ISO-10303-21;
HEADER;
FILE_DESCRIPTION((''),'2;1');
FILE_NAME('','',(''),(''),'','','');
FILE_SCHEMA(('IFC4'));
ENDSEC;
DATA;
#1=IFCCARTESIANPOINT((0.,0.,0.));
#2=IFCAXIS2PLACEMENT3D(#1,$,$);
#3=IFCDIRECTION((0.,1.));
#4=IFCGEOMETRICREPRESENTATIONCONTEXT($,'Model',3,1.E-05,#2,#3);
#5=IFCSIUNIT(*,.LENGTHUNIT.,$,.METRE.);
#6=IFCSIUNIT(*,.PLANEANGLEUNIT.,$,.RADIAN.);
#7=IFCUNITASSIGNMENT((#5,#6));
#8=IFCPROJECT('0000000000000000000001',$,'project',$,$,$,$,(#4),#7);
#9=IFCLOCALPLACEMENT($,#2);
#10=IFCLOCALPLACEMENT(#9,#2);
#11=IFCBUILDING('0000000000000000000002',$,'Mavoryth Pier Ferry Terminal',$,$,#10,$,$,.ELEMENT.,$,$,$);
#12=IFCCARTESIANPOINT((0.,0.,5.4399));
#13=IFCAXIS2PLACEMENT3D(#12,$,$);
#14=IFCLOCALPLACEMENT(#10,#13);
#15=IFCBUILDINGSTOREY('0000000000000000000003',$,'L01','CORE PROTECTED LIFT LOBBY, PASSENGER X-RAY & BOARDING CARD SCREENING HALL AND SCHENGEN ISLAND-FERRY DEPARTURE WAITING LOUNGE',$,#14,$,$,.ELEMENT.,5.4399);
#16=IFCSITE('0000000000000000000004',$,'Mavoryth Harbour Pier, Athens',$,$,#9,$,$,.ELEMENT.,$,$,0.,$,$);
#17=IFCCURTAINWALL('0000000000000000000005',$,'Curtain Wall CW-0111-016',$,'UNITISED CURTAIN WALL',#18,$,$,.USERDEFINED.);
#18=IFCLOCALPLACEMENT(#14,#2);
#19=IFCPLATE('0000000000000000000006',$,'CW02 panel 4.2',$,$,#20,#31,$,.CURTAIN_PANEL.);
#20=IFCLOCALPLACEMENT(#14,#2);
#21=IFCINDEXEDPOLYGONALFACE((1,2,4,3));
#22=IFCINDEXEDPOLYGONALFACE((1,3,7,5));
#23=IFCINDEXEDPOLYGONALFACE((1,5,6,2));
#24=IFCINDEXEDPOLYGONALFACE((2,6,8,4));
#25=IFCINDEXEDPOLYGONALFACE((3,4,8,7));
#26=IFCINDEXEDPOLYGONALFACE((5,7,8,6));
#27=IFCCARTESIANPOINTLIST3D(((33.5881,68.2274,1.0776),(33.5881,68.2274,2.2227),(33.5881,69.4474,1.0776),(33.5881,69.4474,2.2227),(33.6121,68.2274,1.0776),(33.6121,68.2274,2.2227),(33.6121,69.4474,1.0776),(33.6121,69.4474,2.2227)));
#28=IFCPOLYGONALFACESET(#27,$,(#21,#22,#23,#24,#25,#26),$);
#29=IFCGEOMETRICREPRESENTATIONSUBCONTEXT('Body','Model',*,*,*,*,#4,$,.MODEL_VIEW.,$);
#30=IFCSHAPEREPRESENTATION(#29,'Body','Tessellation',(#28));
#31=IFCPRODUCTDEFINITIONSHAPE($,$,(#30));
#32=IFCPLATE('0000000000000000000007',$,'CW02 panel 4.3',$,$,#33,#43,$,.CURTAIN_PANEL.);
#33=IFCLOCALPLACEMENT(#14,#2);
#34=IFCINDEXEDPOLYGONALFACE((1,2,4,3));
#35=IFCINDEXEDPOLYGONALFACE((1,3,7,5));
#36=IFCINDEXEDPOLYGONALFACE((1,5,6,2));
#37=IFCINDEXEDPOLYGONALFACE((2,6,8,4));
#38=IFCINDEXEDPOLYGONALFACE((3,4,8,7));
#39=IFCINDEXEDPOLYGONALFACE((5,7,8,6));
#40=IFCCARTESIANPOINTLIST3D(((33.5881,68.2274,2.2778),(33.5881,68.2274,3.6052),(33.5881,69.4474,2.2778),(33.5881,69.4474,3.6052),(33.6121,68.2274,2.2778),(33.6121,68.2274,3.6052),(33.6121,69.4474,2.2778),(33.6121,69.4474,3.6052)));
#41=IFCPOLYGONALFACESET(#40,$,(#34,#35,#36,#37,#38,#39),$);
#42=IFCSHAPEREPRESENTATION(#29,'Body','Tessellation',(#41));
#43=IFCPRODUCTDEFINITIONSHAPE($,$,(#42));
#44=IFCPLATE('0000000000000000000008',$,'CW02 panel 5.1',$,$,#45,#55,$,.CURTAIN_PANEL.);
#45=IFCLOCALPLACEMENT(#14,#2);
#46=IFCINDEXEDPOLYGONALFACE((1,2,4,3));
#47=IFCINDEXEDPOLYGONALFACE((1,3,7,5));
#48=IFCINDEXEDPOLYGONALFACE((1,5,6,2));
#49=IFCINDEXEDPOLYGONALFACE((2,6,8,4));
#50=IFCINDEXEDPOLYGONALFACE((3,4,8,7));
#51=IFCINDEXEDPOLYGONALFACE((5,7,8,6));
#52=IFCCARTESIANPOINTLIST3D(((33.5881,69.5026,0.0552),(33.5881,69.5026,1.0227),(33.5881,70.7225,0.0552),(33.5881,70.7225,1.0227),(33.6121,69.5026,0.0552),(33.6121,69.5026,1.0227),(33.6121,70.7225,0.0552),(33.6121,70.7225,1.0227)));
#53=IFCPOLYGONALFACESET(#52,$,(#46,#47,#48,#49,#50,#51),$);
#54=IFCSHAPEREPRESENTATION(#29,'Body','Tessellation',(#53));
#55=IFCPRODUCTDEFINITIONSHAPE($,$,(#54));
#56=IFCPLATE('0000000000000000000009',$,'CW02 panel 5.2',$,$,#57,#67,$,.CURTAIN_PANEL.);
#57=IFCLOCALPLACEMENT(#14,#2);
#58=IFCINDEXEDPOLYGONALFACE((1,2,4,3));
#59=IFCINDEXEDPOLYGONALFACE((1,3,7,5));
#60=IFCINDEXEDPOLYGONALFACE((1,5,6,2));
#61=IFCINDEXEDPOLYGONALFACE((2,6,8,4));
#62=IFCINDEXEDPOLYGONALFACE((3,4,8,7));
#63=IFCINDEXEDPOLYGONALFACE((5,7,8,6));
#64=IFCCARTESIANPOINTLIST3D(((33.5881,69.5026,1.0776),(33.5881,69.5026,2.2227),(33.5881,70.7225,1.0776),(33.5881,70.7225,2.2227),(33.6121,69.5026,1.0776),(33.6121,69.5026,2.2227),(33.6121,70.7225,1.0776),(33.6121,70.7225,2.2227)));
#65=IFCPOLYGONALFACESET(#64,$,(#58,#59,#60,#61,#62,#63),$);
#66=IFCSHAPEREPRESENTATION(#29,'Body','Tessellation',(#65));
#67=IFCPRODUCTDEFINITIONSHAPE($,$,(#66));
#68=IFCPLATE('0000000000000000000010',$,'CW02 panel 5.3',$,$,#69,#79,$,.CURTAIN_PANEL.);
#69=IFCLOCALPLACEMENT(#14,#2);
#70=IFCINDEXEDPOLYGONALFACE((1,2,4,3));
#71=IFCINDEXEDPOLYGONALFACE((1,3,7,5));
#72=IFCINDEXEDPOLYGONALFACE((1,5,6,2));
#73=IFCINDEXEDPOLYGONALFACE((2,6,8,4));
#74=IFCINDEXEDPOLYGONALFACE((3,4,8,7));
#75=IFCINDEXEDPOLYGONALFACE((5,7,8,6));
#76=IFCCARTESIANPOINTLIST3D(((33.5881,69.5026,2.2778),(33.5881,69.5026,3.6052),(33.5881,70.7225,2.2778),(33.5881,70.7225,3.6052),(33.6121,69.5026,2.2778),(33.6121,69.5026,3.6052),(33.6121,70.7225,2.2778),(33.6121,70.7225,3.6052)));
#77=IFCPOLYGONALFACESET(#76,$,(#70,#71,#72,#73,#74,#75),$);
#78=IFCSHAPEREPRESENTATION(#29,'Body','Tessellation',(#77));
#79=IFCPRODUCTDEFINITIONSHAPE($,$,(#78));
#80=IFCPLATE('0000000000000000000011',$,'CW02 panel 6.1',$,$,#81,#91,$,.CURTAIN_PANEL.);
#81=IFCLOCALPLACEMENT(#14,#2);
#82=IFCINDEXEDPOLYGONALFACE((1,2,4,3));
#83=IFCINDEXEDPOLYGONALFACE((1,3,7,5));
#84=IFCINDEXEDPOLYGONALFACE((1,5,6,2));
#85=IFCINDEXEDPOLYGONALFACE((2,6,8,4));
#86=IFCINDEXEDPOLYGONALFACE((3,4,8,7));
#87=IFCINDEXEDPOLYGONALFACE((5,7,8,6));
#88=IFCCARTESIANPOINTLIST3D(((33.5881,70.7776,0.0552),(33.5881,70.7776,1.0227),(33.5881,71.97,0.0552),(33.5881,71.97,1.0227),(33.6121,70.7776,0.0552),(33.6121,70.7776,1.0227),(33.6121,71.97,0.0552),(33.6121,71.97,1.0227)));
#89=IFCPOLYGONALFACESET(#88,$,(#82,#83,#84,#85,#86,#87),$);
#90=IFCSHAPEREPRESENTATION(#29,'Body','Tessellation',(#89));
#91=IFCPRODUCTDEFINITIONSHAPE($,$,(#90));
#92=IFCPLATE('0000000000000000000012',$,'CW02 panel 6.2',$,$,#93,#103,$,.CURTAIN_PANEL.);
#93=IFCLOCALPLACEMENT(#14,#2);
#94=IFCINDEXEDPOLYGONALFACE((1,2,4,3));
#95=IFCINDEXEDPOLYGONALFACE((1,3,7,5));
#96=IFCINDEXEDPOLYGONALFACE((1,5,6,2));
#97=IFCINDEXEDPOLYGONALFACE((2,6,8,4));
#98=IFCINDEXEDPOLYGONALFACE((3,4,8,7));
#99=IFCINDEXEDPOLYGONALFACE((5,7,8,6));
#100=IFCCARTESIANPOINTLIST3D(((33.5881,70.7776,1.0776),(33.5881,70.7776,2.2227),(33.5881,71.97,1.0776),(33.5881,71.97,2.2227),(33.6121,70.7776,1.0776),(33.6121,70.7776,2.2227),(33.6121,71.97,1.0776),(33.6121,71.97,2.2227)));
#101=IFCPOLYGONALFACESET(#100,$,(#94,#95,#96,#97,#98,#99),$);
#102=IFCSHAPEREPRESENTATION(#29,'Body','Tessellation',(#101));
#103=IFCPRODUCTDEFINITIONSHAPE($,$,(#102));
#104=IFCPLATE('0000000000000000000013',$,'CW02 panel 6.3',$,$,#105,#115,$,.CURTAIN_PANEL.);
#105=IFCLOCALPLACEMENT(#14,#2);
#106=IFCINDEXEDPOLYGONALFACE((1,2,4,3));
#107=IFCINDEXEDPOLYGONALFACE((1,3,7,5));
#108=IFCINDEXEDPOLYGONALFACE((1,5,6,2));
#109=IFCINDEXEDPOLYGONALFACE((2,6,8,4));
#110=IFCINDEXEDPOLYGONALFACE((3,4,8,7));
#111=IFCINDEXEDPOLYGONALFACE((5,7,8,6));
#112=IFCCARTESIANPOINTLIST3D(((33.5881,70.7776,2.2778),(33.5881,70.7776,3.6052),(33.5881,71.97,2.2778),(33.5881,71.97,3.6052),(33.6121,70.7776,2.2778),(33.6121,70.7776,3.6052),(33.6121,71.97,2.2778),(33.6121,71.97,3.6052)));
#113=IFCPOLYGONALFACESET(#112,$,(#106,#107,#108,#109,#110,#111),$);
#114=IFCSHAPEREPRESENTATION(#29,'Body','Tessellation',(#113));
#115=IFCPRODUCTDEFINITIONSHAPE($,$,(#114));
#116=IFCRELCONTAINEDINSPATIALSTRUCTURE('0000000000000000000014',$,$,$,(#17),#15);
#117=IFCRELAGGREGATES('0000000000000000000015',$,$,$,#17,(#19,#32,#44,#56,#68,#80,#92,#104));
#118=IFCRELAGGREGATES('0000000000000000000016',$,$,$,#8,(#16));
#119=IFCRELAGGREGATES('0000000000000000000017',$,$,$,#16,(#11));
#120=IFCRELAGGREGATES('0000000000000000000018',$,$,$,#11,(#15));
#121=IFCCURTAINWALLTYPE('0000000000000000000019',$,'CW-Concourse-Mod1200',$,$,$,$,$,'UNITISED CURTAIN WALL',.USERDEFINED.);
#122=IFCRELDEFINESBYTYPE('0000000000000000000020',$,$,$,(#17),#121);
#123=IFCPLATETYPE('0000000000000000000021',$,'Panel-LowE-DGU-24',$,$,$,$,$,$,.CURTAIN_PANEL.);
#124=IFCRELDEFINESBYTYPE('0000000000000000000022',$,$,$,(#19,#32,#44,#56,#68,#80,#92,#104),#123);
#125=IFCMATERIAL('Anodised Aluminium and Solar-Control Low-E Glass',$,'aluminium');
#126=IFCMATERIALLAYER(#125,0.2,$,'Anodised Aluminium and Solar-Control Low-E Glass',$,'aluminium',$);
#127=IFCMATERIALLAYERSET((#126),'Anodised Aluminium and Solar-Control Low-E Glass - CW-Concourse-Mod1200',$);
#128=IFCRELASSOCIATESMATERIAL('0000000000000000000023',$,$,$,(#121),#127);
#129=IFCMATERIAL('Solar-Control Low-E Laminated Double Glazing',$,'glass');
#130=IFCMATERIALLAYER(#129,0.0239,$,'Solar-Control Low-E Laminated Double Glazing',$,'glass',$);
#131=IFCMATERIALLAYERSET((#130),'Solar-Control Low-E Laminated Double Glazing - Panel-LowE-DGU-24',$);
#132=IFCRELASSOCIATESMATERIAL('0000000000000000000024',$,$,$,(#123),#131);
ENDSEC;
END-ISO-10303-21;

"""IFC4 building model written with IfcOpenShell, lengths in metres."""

from ifc_helpers import new_model, si_unit, direction, frame, origin, origin_2d, place, context, subcontext, project, spatial, rectangle, extrude, material, layer, layer_set, type_object, element, aggregate, save


model = new_model("IFC4")

# Units and contexts
model_context = context("Model", 3, precision=1e-05, world=origin(), true_north=direction((0.0, 1.0)))
body_context = subcontext(model_context, "Body", "Model", "MODEL_VIEW")
ifc_project = project(units=[si_unit("LENGTHUNIT", "METRE"), si_unit("PLANEANGLEUNIT", "RADIAN")], contexts=[model_context])

# Site, building, storey
site_placement = place(None, origin())
site = spatial("IfcSite", under=ifc_project, at=site_placement, Name="Mavoryth Harbour Pier, Athens", CompositionType="ELEMENT", RefElevation=0.0)
building_placement = place(site_placement, origin())
building = spatial("IfcBuilding", under=site, at=building_placement, Name="Mavoryth Pier Ferry Terminal", CompositionType="ELEMENT")
storey_placement = place(building_placement, frame((0.0, 0.0, 5.4399)))
storey = spatial("IfcBuildingStorey", under=building, at=storey_placement, Name="L01", Description="CORE PROTECTED LIFT LOBBY, PASSENGER X-RAY & BOARDING CARD SCREENING HALL AND SCHENGEN ISLAND-FERRY DEPARTURE WAITING LOUNGE", CompositionType="ELEMENT", Elevation=5.4399)

# Curtain wall
ifc_material_1 = material(Name="Anodised Aluminium and Solar-Control Low-E Glass", Category="aluminium")
ifc_layer_1 = layer(ifc_material_1, 0.2, Name="Anodised Aluminium and Solar-Control Low-E Glass", Category="aluminium")
ifc_layer_set_1 = layer_set([ifc_layer_1], Name="Anodised Aluminium and Solar-Control Low-E Glass - CW-Concourse-Mod1200")
curtain_wall_type = type_object("IfcCurtainWallType", Name="CW-Concourse-Mod1200", ElementType="UNITISED CURTAIN WALL", PredefinedType="USERDEFINED", material=ifc_layer_set_1)
curtain_wall_1_placement = place(storey_placement, origin())
curtain_wall_1 = element("IfcCurtainWall", 1, at=curtain_wall_1_placement, inside=storey, type_object=curtain_wall_type, Name="Curtain Wall CW-0111-016", ObjectType="UNITISED CURTAIN WALL", PredefinedType="USERDEFINED")

# Plates
ifc_material_2 = material(Name="Solar-Control Low-E Laminated Double Glazing", Category="glass")
ifc_layer_2 = layer(ifc_material_2, 0.0239, Name="Solar-Control Low-E Laminated Double Glazing", Category="glass")
ifc_layer_set_2 = layer_set([ifc_layer_2], Name="Solar-Control Low-E Laminated Double Glazing - Panel-LowE-DGU-24")
plate_type = type_object("IfcPlateType", Name="Panel-LowE-DGU-24", PredefinedType="CURTAIN_PANEL", material=ifc_layer_set_2)
plate_1_placement = place(storey_placement, frame((33.6001, 68.8374, 1.0776), z_axis=(0.0, 0.0, 1.0), x_axis=(0.0, 1.0, 0.0)))
plate_1 = element("IfcPlate", 2, at=plate_1_placement, type_object=plate_type, Name="CW02 panel 4.2", PredefinedType="CURTAIN_PANEL", context=body_context, shape_type="SweptSolid", body=[
    extrude(rectangle(XDim=1.22, YDim=0.0239, at=origin_2d()), origin(), (0.0, 0.0, 1.0), 1.145),
])
plate_2_placement = place(storey_placement, frame((33.6001, 68.8374, 2.2778), z_axis=(0.0, 0.0, 1.0), x_axis=(0.0, 1.0, 0.0)))
plate_2 = element("IfcPlate", 3, at=plate_2_placement, type_object=plate_type, Name="CW02 panel 4.3", PredefinedType="CURTAIN_PANEL", context=body_context, shape_type="SweptSolid", body=[
    extrude(rectangle(XDim=1.22, YDim=0.0239, at=origin_2d()), origin(), (0.0, 0.0, 1.0), 1.3274),
])
plate_3_placement = place(storey_placement, frame((33.6001, 70.1125, 0.0552), z_axis=(0.0, 0.0, 1.0), x_axis=(0.0, 1.0, 0.0)))
plate_3 = element("IfcPlate", 4, at=plate_3_placement, type_object=plate_type, Name="CW02 panel 5.1", PredefinedType="CURTAIN_PANEL", context=body_context, shape_type="SweptSolid", body=[
    extrude(rectangle(XDim=1.22, YDim=0.0239, at=origin_2d()), origin(), (0.0, 0.0, 1.0), 0.9675),
])
plate_4_placement = place(storey_placement, frame((33.6001, 70.1125, 1.0776), z_axis=(0.0, 0.0, 1.0), x_axis=(0.0, 1.0, 0.0)))
plate_4 = element("IfcPlate", 5, at=plate_4_placement, type_object=plate_type, Name="CW02 panel 5.2", PredefinedType="CURTAIN_PANEL", context=body_context, shape_type="SweptSolid", body=[
    extrude(rectangle(XDim=1.22, YDim=0.0239, at=origin_2d()), origin(), (0.0, 0.0, 1.0), 1.145),
])
plate_5_placement = place(storey_placement, frame((33.6001, 70.1125, 2.2778), z_axis=(0.0, 0.0, 1.0), x_axis=(0.0, 1.0, 0.0)))
plate_5 = element("IfcPlate", 6, at=plate_5_placement, type_object=plate_type, Name="CW02 panel 5.3", PredefinedType="CURTAIN_PANEL", context=body_context, shape_type="SweptSolid", body=[
    extrude(rectangle(XDim=1.22, YDim=0.0239, at=origin_2d()), origin(), (0.0, 0.0, 1.0), 1.3274),
])
plate_6_placement = place(storey_placement, frame((33.6001, 71.3738, 0.0552), z_axis=(0.0, 0.0, 1.0), x_axis=(0.0, 1.0, 0.0)))
plate_6 = element("IfcPlate", 7, at=plate_6_placement, type_object=plate_type, Name="CW02 panel 6.1", PredefinedType="CURTAIN_PANEL", context=body_context, shape_type="SweptSolid", body=[
    extrude(rectangle(XDim=1.1924, YDim=0.0239, at=origin_2d()), origin(), (0.0, 0.0, 1.0), 0.9675),
])
plate_7_placement = place(storey_placement, frame((33.6001, 71.3738, 1.0776), z_axis=(0.0, 0.0, 1.0), x_axis=(0.0, 1.0, 0.0)))
plate_7 = element("IfcPlate", 8, at=plate_7_placement, type_object=plate_type, Name="CW02 panel 6.2", PredefinedType="CURTAIN_PANEL", context=body_context, shape_type="SweptSolid", body=[
    extrude(rectangle(XDim=1.1924, YDim=0.0239, at=origin_2d()), origin(), (0.0, 0.0, 1.0), 1.145),
])
plate_8_placement = place(storey_placement, frame((33.6001, 71.3738, 2.2778), z_axis=(0.0, 0.0, 1.0), x_axis=(0.0, 1.0, 0.0)))
plate_8 = element("IfcPlate", 9, at=plate_8_placement, type_object=plate_type, Name="CW02 panel 6.3", PredefinedType="CURTAIN_PANEL", context=body_context, shape_type="SweptSolid", body=[
    extrude(rectangle(XDim=1.1924, YDim=0.0239, at=origin_2d()), origin(), (0.0, 0.0, 1.0), 1.3274),
])
aggregate(curtain_wall_1, [plate_1, plate_2, plate_3, plate_4, plate_5, plate_6, plate_7, plate_8])

save(model, "model.ifc")
